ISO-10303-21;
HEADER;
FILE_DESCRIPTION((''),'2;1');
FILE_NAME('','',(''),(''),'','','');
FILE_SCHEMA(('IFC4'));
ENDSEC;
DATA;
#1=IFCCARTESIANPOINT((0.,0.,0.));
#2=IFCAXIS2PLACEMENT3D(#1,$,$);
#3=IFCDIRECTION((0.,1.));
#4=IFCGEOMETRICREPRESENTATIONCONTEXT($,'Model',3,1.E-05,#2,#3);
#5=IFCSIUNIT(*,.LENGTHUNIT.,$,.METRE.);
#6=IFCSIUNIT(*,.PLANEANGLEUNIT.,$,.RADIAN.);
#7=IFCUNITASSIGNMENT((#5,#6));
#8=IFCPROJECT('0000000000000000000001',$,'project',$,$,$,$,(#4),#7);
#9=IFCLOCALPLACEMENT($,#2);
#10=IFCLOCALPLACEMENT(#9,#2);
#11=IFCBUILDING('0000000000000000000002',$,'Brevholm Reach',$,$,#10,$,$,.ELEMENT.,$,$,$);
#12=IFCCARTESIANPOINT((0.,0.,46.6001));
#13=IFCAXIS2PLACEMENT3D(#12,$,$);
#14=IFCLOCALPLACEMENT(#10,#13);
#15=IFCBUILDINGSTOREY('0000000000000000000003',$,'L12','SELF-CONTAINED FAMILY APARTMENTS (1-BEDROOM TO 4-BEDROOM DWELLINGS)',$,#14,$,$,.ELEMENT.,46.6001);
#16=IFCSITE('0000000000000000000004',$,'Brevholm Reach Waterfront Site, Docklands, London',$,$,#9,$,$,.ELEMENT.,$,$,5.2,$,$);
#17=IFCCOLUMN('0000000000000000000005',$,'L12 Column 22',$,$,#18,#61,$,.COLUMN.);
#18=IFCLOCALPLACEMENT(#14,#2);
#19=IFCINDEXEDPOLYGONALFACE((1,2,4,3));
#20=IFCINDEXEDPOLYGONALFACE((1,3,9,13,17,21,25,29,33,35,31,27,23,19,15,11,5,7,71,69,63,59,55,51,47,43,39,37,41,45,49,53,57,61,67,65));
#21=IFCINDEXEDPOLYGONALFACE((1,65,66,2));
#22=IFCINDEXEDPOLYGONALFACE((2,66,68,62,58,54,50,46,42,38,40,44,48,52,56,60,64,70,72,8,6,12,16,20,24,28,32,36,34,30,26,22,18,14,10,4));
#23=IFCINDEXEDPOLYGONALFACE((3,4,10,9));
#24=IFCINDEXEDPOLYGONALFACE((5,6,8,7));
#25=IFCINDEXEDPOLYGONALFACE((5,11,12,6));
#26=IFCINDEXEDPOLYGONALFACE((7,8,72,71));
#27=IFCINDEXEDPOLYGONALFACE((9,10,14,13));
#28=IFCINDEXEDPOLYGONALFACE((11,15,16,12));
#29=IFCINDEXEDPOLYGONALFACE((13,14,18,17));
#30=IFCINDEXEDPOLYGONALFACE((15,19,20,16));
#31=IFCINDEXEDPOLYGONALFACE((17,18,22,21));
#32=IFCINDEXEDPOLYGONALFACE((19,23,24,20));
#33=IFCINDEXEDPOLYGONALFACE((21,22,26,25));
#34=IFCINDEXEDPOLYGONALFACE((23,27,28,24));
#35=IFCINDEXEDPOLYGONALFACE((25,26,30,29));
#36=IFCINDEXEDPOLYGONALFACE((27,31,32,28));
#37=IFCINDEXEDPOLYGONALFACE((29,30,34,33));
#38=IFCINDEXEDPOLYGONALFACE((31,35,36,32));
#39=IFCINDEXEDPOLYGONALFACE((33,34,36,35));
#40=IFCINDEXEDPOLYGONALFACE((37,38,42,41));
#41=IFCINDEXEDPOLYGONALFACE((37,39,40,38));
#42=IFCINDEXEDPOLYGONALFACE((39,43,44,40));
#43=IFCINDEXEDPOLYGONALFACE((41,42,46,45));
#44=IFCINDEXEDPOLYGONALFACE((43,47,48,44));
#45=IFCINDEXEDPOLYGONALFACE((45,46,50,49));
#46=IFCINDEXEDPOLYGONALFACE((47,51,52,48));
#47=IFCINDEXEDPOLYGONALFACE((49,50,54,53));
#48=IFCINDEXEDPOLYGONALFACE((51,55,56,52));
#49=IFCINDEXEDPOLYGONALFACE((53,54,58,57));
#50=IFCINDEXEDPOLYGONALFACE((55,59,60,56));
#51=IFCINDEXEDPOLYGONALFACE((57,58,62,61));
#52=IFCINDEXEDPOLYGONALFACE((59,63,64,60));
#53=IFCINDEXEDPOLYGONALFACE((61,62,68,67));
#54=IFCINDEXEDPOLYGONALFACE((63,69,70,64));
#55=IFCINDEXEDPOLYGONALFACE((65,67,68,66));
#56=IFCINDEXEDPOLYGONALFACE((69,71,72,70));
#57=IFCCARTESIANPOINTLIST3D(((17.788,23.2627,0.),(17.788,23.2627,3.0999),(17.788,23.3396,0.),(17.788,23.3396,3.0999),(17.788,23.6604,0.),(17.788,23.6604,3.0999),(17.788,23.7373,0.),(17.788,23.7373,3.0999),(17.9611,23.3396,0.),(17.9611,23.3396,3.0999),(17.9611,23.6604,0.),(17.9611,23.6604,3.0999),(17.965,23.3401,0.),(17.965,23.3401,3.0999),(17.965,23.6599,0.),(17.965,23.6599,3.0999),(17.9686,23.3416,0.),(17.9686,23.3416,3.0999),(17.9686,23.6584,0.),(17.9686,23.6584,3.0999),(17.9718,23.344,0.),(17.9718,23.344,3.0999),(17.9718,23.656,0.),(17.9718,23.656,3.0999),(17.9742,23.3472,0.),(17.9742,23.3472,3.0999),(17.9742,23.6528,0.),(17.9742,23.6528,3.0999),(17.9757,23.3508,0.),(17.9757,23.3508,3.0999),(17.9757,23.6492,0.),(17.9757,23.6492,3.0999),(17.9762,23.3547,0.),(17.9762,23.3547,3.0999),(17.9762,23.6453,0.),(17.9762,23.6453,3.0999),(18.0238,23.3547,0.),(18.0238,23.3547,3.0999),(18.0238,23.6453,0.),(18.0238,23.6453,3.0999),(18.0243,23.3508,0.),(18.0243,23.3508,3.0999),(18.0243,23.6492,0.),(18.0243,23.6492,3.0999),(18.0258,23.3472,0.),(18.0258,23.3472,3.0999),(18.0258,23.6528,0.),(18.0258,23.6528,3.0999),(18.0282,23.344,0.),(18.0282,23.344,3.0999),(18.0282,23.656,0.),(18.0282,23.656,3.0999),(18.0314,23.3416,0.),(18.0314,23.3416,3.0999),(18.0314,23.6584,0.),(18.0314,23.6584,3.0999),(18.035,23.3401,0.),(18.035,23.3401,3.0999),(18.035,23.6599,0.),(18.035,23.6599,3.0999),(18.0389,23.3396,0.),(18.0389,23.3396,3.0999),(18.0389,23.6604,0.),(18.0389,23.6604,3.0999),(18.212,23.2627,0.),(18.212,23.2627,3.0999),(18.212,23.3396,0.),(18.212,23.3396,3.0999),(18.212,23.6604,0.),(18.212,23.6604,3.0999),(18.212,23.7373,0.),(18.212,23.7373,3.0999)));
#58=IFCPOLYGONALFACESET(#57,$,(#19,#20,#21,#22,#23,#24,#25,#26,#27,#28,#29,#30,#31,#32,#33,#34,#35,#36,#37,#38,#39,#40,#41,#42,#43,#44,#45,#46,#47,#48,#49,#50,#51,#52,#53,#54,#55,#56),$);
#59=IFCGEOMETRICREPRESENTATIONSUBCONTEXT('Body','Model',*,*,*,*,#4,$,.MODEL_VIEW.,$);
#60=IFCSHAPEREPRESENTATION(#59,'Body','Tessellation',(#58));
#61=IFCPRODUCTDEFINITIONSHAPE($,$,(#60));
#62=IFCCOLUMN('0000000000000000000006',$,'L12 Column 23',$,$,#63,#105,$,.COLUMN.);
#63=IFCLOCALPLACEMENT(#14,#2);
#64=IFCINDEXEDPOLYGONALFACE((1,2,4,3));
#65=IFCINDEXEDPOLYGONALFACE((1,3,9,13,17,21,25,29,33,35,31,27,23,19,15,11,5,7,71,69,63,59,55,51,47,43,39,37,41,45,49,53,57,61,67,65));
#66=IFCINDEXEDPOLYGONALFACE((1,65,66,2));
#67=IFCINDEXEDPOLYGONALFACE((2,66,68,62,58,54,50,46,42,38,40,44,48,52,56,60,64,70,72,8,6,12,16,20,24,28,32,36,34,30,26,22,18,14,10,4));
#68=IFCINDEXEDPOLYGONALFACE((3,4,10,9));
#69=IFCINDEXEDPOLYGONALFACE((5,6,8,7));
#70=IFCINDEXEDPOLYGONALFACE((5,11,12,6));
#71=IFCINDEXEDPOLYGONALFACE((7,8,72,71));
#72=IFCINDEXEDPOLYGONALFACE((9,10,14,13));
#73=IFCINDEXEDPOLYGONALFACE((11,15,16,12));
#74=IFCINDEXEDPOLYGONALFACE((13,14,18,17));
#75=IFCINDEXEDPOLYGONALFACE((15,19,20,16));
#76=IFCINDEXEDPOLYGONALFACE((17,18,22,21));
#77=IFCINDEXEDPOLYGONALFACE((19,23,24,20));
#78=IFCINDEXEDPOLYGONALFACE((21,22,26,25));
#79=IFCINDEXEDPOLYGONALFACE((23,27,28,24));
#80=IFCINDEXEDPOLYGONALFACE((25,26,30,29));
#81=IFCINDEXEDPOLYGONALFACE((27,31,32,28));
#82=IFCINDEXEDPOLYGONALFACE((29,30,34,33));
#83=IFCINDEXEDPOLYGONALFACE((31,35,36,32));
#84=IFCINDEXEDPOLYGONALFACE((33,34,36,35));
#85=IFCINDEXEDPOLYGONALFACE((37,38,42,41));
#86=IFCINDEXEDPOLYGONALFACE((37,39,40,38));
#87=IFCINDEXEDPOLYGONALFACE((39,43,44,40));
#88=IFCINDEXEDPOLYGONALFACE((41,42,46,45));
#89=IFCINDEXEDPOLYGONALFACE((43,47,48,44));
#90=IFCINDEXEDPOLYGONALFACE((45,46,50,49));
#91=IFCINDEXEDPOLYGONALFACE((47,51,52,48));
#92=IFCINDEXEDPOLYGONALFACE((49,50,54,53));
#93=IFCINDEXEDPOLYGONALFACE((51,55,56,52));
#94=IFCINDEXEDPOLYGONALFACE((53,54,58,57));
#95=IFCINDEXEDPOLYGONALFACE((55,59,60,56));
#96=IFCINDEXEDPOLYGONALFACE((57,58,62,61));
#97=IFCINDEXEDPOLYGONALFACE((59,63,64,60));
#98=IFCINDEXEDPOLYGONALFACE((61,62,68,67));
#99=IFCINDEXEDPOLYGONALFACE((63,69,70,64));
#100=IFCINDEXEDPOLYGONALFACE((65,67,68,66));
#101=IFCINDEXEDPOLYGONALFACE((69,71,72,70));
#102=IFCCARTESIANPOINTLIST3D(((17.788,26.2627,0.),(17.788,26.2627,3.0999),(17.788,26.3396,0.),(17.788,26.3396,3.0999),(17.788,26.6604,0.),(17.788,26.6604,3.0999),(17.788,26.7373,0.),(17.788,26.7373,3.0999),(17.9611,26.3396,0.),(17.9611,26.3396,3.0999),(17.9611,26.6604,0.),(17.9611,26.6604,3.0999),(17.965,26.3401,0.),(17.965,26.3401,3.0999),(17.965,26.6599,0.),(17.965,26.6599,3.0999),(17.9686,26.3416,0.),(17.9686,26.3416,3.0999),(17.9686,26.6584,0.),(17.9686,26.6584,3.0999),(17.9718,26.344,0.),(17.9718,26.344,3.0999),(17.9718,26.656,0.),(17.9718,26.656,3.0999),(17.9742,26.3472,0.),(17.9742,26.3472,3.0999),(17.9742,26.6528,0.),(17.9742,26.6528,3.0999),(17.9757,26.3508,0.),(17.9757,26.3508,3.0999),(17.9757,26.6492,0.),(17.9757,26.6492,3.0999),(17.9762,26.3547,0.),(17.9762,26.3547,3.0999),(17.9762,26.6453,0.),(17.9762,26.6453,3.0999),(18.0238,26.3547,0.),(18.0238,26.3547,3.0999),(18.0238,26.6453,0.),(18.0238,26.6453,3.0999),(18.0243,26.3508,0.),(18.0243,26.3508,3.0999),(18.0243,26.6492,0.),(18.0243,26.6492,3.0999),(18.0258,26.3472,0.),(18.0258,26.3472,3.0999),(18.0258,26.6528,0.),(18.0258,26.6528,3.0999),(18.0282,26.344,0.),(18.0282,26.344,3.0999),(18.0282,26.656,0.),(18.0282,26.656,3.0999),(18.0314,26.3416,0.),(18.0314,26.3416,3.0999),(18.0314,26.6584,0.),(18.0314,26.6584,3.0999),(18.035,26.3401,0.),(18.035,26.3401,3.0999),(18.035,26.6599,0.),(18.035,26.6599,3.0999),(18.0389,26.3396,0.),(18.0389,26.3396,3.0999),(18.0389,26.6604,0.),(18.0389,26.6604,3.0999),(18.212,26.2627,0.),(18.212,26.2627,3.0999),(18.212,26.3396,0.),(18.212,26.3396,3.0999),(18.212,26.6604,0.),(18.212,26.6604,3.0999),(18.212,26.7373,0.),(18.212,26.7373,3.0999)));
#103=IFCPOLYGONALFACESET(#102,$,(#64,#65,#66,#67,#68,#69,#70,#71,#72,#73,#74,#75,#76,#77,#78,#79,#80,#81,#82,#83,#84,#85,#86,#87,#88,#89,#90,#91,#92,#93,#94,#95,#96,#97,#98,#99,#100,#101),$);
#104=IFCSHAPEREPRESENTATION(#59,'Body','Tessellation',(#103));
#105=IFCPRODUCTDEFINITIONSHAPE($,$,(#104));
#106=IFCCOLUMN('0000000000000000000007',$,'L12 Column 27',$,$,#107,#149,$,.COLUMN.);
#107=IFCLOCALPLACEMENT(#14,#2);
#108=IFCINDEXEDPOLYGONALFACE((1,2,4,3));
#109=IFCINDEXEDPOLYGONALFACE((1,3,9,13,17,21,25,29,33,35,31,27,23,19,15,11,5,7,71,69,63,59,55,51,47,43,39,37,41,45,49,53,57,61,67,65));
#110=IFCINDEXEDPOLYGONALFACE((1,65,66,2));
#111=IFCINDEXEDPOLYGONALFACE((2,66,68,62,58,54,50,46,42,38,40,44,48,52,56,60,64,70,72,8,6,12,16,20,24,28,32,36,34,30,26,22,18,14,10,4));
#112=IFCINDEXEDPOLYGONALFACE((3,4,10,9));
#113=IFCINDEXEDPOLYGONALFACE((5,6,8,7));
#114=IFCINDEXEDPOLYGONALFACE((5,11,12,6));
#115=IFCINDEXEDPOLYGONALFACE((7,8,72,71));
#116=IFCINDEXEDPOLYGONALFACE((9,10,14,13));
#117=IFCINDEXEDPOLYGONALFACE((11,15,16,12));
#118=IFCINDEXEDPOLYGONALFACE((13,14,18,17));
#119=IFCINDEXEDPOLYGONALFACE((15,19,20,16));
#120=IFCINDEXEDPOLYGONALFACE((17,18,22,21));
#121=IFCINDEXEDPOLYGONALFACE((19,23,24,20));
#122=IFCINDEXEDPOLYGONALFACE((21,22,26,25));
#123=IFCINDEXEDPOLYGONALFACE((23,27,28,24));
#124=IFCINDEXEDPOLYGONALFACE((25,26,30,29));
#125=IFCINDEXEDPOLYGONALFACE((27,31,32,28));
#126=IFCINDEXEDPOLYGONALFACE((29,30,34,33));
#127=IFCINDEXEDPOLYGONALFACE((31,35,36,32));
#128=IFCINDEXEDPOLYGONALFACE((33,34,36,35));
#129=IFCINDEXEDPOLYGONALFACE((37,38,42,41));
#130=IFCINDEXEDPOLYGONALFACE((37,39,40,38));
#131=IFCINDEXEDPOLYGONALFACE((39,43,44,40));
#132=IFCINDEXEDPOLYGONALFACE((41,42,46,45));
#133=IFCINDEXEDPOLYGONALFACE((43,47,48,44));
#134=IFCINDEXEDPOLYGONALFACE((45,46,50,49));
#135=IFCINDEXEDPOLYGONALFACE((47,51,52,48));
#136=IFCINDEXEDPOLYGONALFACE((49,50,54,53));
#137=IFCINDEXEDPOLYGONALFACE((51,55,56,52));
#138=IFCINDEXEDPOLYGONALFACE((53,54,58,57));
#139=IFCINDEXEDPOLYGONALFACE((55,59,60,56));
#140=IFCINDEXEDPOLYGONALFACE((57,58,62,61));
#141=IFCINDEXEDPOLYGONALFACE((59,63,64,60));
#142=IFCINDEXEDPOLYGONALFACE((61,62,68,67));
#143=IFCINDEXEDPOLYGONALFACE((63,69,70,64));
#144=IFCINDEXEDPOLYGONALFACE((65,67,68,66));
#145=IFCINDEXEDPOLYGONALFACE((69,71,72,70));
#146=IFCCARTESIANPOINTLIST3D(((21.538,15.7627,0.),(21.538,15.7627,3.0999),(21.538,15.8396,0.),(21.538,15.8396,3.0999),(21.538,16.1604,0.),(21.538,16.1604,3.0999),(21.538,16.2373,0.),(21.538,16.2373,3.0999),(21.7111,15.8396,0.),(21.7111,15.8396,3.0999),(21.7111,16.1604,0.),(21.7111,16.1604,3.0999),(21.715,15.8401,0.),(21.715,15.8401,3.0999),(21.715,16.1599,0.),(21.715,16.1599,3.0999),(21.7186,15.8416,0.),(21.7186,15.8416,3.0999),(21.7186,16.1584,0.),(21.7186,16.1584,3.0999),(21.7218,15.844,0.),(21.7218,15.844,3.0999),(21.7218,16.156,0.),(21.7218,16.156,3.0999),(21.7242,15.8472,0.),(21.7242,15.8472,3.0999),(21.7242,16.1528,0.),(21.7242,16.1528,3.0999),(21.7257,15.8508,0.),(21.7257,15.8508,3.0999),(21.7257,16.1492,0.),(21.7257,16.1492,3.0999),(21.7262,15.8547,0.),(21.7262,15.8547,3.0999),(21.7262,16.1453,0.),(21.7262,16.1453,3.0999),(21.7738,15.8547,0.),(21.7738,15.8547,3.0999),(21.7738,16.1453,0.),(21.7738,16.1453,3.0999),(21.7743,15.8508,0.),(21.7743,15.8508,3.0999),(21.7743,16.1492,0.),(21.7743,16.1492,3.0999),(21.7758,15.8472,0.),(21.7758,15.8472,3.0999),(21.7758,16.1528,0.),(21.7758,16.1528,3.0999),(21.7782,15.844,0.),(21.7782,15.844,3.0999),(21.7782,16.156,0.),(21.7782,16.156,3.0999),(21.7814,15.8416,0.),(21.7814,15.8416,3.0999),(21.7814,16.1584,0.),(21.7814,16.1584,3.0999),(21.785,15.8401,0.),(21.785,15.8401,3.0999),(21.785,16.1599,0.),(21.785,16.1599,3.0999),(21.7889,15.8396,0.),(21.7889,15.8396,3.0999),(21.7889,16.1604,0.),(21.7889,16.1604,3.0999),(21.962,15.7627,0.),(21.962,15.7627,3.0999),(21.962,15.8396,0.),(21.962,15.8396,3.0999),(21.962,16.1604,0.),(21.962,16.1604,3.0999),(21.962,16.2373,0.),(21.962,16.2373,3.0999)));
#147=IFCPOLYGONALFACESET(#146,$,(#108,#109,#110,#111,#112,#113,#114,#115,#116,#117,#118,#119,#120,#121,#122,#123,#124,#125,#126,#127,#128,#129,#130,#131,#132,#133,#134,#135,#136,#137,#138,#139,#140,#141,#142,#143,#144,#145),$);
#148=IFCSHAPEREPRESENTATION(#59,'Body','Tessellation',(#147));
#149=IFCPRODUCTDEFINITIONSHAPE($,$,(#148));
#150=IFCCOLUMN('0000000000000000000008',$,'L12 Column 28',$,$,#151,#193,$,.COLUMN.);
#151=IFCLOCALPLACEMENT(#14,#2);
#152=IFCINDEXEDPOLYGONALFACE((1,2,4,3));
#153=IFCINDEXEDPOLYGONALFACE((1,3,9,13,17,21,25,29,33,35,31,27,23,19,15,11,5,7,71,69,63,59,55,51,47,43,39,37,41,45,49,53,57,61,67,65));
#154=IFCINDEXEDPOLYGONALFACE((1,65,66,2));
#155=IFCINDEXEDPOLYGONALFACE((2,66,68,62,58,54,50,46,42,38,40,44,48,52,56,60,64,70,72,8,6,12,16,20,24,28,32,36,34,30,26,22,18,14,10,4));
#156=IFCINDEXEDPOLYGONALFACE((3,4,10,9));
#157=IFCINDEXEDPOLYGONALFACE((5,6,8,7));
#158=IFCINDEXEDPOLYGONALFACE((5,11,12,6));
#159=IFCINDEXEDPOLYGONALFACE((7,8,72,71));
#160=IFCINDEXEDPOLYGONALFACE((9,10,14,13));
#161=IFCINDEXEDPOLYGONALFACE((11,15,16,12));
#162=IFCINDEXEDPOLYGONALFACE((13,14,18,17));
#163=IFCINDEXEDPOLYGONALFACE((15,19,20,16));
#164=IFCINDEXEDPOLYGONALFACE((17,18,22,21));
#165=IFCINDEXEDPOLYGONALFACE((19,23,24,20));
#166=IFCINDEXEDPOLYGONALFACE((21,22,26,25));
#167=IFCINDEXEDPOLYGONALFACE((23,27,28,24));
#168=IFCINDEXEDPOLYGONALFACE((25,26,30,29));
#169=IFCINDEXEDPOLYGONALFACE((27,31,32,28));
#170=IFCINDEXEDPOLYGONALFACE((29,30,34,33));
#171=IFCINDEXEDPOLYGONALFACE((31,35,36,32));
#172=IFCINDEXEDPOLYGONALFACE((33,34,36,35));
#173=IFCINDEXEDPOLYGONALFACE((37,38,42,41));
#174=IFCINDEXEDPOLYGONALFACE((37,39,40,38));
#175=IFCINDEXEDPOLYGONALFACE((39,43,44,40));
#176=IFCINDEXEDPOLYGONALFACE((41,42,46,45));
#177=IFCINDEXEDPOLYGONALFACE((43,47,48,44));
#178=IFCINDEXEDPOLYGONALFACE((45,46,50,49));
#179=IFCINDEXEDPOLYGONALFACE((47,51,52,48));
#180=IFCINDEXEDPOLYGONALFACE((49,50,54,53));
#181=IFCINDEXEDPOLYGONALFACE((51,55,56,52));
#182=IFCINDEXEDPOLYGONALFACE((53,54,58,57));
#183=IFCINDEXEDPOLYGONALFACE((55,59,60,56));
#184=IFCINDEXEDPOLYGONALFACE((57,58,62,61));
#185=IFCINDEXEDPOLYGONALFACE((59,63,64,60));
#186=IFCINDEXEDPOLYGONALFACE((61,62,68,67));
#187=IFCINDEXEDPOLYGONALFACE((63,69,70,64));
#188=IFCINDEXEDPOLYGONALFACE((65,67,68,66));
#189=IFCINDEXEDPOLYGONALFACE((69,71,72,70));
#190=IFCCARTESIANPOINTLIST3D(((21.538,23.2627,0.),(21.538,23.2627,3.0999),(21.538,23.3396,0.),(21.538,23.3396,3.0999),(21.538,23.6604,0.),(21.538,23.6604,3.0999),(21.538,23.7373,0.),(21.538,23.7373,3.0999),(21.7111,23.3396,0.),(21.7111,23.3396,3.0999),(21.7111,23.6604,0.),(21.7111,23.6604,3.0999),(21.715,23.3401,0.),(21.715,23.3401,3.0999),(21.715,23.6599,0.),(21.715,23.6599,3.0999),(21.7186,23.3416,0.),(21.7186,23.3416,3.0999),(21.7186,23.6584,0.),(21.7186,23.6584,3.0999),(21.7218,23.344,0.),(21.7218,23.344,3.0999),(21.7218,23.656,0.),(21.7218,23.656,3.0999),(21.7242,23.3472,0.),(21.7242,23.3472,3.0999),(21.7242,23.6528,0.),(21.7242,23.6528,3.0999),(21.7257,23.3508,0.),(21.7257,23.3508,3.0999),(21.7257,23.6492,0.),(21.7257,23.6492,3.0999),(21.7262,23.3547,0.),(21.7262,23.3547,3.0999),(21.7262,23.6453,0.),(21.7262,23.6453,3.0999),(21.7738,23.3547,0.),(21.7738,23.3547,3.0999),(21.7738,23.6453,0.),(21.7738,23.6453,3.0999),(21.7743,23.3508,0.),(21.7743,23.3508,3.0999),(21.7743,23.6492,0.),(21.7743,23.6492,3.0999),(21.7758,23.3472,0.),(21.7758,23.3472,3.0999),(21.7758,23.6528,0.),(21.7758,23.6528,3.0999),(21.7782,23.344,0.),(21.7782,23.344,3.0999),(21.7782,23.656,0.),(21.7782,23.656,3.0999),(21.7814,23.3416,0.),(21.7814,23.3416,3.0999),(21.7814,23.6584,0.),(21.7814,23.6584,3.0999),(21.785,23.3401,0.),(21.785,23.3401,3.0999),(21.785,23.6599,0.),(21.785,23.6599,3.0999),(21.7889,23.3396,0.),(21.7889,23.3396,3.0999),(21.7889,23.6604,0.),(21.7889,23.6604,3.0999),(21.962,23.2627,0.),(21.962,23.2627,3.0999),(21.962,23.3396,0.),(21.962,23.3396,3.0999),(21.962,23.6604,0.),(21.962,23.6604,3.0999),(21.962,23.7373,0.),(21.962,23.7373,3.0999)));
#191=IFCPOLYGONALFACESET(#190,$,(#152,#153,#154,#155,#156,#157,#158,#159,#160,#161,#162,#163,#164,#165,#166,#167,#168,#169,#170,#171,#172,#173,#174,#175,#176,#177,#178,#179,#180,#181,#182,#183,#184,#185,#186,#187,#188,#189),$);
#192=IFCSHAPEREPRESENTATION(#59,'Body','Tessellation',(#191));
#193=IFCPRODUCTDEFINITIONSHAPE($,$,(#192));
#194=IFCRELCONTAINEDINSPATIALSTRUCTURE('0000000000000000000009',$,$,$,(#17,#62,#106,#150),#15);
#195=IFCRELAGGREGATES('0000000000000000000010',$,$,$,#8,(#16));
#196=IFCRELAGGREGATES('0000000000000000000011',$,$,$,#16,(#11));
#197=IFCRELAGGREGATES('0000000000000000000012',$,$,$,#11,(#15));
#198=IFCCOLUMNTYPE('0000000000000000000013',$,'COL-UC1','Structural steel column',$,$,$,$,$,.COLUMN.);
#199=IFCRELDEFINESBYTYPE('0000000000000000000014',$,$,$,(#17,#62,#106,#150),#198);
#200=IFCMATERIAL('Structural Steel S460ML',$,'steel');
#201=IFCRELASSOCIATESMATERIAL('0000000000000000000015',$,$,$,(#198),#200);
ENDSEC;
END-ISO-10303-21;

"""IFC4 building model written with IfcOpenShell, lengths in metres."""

from ifc_helpers import new_model, si_unit, direction, frame, origin, origin_2d, place, context, subcontext, project, spatial, i_section, extrude, material, material_profile, profile_set, type_object, element, save


model = new_model("IFC4")

# Units and contexts
model_context = context("Model", 3, precision=1e-05, world=origin(), true_north=direction((0.0, 1.0)))
body_context = subcontext(model_context, "Body", "Model", "MODEL_VIEW")
ifc_project = project(units=[si_unit("LENGTHUNIT", "METRE"), si_unit("PLANEANGLEUNIT", "RADIAN")], contexts=[model_context])

# Site, building, storey
site_placement = place(None, origin())
site = spatial("IfcSite", under=ifc_project, at=site_placement, Name="Brevholm Reach Waterfront Site, Docklands, London", CompositionType="ELEMENT", RefElevation=5.2)
building_placement = place(site_placement, origin())
building = spatial("IfcBuilding", under=site, at=building_placement, Name="Brevholm Reach", CompositionType="ELEMENT")
storey_placement = place(building_placement, frame((0.0, 0.0, 46.6001)))
storey = spatial("IfcBuildingStorey", under=building, at=storey_placement, Name="L12", Description="SELF-CONTAINED FAMILY APARTMENTS (1-BEDROOM TO 4-BEDROOM DWELLINGS)", CompositionType="ELEMENT", Elevation=46.6001)

# Columns
ifc_material_1 = material(Name="Structural Steel S460ML", Category="steel")
ifc_material_profile_1 = material_profile(ifc_material_1, i_section(OverallWidth=0.4241, OverallDepth=0.4746, WebThickness=0.0476, FlangeThickness=0.0769, FilletRadius=0.0151, at=origin_2d()), Name="UKC 356x406x634")
ifc_profile_set_1 = profile_set([ifc_material_profile_1], Name="Structural Steel S460ML")
column_type_1 = type_object("IfcColumnType", Name="COL-UC1", Description="Structural steel column", PredefinedType="COLUMN", material=ifc_profile_set_1)
for number, where, z_axis, x_axis, name in (
    (1, (18.0, 23.5, 0.0), (0.0, 0.0, 1.0), (1.0, 0.0, 0.0), "L12 Column 22"),
    (2, (18.0, 26.5, 0.0), (0.0, 0.0, 1.0), (1.0, 0.0, 0.0), "L12 Column 23"),
    (3, (21.75, 16.0, 0.0), (0.0, 0.0, 1.0), (1.0, 0.0, 0.0), "L12 Column 27"),
    (4, (21.75, 23.5, 0.0), (0.0, 0.0, 1.0), (1.0, 0.0, 0.0), "L12 Column 28"),
):
    element("IfcColumn", number, at=place(storey_placement, frame(where, z_axis=z_axis, x_axis=x_axis)), inside=storey, type_object=column_type_1, Name=name, PredefinedType="COLUMN", context=body_context, shape_type="SweptSolid", body=[
        extrude(i_section(OverallWidth=0.4241, OverallDepth=0.4746, WebThickness=0.0476, FlangeThickness=0.0769, FilletRadius=0.0151, at=origin_2d()), origin(), (0.0, 0.0, 1.0), 3.0999),
    ])

save(model, "model.ifc")
